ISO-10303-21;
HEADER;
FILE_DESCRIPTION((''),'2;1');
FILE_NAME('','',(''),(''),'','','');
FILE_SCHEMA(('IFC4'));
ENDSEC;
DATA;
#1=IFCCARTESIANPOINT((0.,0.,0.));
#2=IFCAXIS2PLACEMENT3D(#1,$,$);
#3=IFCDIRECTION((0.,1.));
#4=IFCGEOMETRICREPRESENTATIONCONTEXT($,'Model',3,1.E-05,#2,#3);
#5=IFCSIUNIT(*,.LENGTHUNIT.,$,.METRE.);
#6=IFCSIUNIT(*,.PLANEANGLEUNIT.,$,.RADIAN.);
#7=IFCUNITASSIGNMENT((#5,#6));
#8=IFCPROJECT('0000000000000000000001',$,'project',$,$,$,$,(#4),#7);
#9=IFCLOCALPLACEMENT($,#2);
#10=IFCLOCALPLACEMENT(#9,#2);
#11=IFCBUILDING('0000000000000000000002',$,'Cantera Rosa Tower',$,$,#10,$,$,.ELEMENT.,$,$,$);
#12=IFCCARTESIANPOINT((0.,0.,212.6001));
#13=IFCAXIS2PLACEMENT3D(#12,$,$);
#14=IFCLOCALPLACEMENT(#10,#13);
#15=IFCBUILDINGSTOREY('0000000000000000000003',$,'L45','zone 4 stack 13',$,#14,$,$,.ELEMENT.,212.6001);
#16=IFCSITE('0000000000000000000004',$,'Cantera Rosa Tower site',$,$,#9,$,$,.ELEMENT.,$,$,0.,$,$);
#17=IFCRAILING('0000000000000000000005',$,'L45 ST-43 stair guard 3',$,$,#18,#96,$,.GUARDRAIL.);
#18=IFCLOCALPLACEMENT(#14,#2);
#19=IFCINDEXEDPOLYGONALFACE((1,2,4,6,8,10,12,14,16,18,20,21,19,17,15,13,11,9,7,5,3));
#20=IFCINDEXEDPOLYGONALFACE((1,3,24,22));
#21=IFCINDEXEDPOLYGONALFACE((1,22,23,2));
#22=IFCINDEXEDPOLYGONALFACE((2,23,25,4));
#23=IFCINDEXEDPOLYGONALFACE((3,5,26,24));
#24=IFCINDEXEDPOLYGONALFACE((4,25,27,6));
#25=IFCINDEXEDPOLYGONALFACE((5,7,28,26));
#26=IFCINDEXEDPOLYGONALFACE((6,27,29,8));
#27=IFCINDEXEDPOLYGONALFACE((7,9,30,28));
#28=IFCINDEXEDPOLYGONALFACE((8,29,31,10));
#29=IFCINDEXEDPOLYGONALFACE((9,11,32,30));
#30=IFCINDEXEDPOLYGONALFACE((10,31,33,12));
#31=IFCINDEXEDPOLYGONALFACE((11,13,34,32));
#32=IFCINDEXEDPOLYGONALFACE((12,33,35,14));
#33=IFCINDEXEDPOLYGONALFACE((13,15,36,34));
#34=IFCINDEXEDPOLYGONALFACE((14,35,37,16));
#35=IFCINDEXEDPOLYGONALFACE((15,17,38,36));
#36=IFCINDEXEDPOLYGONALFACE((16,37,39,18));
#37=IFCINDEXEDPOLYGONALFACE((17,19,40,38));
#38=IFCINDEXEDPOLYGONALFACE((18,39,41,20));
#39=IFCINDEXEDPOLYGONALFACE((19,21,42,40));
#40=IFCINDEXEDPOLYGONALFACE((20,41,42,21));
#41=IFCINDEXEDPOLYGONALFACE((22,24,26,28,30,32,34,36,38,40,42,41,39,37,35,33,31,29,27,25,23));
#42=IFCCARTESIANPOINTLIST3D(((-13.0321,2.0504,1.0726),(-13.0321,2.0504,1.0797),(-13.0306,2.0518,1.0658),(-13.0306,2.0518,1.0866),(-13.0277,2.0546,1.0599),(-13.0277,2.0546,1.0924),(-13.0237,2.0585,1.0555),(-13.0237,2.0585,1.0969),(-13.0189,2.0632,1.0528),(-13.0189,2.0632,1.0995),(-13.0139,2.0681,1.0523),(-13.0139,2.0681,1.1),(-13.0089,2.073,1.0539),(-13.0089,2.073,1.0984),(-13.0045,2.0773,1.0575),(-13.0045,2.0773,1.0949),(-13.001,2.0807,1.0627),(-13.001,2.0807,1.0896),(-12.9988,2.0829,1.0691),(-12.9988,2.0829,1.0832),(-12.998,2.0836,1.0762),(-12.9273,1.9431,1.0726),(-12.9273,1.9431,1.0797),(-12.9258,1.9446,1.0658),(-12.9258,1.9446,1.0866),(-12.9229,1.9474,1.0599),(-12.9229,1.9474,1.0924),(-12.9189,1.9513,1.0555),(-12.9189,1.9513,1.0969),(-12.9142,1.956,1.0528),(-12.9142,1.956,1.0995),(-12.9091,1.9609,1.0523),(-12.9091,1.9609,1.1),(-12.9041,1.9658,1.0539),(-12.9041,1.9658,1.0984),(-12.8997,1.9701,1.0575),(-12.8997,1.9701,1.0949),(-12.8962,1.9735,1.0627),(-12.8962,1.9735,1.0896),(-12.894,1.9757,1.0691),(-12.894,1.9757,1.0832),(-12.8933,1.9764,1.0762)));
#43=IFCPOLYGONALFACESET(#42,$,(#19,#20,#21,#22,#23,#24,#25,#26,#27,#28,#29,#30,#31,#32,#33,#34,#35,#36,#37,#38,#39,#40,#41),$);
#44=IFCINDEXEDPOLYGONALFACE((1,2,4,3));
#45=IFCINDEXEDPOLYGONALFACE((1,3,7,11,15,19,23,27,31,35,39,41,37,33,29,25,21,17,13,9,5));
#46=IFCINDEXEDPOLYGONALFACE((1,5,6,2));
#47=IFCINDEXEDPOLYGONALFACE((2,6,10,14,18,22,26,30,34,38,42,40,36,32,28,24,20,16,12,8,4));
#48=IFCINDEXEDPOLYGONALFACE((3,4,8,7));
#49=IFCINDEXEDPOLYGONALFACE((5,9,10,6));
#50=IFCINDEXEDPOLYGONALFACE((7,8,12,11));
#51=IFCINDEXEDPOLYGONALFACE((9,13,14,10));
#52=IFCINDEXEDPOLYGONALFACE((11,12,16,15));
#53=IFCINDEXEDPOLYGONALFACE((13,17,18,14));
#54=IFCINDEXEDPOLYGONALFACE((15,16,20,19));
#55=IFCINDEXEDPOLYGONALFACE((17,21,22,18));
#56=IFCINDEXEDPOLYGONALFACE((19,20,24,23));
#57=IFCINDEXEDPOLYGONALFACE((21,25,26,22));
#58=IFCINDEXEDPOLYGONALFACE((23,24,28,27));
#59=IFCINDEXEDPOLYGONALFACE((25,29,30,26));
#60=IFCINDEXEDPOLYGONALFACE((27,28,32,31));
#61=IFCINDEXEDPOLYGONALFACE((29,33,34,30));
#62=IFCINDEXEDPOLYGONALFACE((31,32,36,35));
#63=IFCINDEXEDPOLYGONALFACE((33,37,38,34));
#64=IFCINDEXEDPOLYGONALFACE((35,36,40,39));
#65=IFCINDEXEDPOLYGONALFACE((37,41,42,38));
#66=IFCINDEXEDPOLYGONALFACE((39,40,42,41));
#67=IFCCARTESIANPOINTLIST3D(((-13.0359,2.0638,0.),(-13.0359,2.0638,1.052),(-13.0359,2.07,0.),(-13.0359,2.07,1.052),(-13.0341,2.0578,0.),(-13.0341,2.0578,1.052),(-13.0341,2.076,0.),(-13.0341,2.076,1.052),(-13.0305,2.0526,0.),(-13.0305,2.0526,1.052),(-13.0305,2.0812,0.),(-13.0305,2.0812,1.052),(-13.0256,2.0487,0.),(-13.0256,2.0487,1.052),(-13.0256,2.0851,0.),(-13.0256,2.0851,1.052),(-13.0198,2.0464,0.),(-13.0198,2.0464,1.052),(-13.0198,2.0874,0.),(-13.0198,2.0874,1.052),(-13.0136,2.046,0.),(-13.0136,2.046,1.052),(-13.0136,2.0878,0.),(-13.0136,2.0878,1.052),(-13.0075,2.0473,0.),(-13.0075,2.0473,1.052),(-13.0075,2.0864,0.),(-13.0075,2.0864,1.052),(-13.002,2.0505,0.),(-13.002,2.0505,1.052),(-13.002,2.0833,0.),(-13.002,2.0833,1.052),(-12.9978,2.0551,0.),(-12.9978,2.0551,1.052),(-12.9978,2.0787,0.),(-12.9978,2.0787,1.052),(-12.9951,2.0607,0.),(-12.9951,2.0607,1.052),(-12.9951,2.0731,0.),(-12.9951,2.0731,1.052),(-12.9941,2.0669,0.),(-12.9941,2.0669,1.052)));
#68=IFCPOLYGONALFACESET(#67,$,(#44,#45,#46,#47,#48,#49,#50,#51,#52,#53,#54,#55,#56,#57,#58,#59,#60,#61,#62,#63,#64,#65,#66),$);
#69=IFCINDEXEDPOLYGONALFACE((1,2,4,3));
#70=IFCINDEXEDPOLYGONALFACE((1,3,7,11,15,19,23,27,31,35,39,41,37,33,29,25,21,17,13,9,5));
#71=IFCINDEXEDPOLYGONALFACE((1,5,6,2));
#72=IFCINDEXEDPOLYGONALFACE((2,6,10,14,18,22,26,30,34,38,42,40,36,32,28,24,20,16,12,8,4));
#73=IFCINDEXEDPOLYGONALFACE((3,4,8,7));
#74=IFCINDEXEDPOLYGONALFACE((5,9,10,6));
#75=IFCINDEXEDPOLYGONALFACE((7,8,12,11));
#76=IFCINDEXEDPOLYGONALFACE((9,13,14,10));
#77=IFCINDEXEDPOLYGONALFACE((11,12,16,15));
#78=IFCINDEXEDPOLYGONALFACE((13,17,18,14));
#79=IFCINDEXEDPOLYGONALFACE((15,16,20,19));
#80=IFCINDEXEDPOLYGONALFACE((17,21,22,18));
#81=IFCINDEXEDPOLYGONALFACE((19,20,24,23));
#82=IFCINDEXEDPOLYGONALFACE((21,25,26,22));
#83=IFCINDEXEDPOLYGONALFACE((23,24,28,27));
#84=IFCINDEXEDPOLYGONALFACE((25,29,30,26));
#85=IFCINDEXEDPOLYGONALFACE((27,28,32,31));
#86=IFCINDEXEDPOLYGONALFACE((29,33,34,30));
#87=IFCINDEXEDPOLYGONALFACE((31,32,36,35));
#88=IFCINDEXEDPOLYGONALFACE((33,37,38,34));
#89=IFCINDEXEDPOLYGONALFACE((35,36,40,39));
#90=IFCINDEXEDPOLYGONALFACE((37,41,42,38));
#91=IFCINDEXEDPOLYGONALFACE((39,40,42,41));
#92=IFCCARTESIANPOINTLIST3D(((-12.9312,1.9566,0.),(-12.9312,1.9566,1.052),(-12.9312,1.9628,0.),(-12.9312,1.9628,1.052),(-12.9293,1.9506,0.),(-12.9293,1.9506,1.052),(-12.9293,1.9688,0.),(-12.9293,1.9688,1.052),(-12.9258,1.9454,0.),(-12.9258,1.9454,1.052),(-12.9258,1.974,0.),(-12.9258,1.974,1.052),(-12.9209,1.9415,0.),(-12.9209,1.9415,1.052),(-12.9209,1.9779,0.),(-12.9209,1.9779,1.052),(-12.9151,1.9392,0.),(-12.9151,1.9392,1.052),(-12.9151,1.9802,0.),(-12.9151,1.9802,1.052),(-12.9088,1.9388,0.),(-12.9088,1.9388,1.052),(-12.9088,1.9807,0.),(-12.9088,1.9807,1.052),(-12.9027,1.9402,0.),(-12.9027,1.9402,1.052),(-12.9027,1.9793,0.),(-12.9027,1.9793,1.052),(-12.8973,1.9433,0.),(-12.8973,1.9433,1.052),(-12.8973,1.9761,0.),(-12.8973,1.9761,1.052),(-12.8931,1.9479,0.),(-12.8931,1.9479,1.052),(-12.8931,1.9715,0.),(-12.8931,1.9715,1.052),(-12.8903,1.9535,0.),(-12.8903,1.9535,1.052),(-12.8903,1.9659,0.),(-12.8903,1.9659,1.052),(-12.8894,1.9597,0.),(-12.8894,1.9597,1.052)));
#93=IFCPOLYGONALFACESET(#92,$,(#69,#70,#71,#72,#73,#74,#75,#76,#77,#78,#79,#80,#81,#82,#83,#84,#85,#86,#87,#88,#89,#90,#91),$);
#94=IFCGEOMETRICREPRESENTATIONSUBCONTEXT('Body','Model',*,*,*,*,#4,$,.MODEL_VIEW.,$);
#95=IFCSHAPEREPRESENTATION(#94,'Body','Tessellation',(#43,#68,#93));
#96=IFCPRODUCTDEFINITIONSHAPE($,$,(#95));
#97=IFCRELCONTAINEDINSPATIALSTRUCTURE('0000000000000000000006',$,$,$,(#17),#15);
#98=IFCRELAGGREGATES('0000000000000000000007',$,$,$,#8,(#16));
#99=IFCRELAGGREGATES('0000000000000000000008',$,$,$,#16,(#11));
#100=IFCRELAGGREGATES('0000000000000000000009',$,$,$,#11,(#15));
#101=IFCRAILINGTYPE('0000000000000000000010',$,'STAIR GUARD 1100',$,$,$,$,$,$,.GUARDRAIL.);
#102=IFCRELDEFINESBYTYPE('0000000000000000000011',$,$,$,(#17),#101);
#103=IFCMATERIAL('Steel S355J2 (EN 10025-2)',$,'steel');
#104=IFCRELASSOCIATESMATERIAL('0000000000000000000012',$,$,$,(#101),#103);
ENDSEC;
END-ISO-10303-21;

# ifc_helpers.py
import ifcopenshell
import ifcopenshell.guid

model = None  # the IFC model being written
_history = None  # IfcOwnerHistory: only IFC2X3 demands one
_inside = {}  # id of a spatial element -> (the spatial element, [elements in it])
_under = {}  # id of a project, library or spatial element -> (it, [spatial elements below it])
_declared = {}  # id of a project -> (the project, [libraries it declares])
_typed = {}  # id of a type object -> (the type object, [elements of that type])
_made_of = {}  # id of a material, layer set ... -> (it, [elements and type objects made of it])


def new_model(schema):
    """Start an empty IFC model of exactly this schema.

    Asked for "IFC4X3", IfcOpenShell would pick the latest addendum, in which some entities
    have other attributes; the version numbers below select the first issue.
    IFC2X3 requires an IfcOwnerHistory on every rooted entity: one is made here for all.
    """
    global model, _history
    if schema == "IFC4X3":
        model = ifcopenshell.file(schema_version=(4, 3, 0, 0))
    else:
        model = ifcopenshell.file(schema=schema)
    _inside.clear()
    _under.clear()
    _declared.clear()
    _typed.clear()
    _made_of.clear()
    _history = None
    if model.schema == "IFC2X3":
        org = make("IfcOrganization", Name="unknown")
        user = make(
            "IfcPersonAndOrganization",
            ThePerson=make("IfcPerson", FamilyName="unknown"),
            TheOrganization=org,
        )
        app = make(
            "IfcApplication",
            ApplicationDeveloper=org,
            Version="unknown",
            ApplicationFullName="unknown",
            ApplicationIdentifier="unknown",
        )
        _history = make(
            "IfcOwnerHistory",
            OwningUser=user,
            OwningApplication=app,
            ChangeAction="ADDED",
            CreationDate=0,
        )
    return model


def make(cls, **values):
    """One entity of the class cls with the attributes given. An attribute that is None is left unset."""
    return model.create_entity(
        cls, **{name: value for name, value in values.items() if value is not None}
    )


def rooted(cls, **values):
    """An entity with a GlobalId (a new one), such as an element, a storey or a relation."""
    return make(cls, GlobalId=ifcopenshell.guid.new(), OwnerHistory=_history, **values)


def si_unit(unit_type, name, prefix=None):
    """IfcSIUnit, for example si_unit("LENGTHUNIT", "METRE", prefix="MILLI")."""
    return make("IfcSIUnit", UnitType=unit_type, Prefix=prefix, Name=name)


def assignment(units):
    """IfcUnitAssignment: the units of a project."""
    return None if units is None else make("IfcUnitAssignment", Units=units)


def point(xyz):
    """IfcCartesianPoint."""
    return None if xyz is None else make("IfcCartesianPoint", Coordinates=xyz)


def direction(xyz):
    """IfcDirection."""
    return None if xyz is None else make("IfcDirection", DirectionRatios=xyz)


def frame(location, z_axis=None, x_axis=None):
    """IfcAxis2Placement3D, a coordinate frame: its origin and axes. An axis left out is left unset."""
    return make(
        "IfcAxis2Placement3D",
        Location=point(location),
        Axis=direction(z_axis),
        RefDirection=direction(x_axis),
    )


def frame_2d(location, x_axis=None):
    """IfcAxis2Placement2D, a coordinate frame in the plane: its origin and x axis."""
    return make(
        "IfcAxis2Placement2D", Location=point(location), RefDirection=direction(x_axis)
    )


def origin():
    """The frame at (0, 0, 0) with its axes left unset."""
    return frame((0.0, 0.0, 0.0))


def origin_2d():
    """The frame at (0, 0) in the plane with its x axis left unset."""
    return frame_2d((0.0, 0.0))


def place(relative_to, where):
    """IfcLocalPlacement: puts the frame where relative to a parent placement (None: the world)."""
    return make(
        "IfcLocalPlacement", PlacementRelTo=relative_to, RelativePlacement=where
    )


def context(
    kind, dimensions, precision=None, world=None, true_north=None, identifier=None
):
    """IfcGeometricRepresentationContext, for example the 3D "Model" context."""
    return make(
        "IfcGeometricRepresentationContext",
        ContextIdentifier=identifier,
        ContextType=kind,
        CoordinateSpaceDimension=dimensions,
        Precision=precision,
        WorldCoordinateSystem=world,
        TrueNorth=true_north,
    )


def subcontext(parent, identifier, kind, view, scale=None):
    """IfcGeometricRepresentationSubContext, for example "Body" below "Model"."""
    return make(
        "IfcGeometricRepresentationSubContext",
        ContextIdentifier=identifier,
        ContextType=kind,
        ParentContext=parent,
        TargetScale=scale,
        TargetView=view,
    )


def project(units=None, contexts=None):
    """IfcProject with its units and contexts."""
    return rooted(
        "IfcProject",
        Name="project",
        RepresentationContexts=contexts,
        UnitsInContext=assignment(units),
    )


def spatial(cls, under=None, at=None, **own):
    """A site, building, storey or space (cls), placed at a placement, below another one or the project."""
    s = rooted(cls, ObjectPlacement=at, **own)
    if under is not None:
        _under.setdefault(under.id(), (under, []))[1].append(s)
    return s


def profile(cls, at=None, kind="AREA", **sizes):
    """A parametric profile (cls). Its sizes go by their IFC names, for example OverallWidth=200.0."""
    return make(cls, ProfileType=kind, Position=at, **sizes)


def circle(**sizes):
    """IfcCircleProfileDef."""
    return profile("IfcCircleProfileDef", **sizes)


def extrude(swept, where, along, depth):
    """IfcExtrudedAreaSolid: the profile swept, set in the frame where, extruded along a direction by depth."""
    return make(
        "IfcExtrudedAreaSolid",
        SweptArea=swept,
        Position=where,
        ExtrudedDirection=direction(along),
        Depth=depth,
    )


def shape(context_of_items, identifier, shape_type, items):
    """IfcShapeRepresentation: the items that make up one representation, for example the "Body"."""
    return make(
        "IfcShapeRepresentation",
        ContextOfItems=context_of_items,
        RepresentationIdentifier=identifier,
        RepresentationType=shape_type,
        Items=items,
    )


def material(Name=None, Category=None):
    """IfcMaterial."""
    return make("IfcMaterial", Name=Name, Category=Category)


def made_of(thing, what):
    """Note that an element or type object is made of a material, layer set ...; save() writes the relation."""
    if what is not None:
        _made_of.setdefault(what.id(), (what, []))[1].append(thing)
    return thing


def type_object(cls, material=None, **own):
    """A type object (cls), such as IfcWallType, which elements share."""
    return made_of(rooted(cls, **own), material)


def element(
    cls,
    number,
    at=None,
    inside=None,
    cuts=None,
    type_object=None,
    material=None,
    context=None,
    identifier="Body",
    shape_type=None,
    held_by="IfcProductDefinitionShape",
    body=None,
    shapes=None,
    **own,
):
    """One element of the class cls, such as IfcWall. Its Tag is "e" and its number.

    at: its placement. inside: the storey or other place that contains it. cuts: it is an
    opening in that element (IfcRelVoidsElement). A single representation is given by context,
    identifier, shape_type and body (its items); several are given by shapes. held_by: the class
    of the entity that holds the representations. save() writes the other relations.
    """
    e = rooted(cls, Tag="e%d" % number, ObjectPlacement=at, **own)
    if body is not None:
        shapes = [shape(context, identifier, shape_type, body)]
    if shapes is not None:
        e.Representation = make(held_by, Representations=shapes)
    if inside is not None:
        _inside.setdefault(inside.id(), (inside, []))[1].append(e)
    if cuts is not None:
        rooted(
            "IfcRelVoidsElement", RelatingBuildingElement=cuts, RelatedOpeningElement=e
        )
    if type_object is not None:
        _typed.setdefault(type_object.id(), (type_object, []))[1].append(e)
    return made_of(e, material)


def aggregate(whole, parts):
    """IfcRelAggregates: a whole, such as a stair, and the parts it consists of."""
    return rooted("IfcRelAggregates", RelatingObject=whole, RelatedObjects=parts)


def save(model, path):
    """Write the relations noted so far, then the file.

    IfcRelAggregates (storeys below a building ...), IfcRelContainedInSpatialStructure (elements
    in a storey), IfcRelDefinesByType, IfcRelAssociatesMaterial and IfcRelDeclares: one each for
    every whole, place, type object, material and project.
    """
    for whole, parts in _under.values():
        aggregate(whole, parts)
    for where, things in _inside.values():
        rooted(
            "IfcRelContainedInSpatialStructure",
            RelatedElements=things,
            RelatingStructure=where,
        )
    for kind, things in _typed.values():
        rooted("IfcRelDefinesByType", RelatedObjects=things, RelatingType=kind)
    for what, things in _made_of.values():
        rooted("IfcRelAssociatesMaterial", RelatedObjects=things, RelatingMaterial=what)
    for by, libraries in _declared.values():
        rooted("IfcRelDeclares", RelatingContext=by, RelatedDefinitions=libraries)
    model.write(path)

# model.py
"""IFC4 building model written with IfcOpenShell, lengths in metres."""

from ifc_helpers import new_model, si_unit, direction, frame, origin, origin_2d, place, context, subcontext, project, spatial, circle, extrude, material, type_object, element, save


model = new_model("IFC4")

# Units and contexts
model_context = context("Model", 3, precision=1e-05, world=origin(), true_north=direction((0.0, 1.0)))
body_context = subcontext(model_context, "Body", "Model", "MODEL_VIEW")
ifc_project = project(units=[si_unit("LENGTHUNIT", "METRE"), si_unit("PLANEANGLEUNIT", "RADIAN")], contexts=[model_context])

# Site, building, storey
site_placement = place(None, origin())
site = spatial("IfcSite", under=ifc_project, at=site_placement, Name="Cantera Rosa Tower site", CompositionType="ELEMENT", RefElevation=0.0)
building_placement = place(site_placement, origin())
building = spatial("IfcBuilding", under=site, at=building_placement, Name="Cantera Rosa Tower", CompositionType="ELEMENT")
storey_placement = place(building_placement, frame((0.0, 0.0, 212.6001)))
storey = spatial("IfcBuildingStorey", under=building, at=storey_placement, Name="L45", Description="zone 4 stack 13", CompositionType="ELEMENT", Elevation=212.6001)

# Railing
ifc_material_1 = material(Name="Steel S355J2 (EN 10025-2)", Category="steel")
railing_type_1 = type_object("IfcRailingType", Name="STAIR GUARD 1100", PredefinedType="GUARDRAIL", material=ifc_material_1)
railing_1_placement = place(storey_placement, frame((-13.0151, 2.0669, 0.0)))
element("IfcRailing", 1, at=railing_1_placement, inside=storey, type_object=railing_type_1, Name="L45 ST-43 stair guard 3", PredefinedType="GUARDRAIL", context=body_context, shape_type="SweptSolid", body=[
    extrude(circle(Radius=0.0239, at=origin_2d()), frame((0.0, 0.0, 1.0762), z_axis=(0.698914, -0.715206, 0.0), x_axis=(0.715206, 0.698914, 0.0)), (0.0, 0.0, 1.0), 0.1499),
    extrude(circle(Radius=0.021, at=origin_2d()), origin(), (0.0, 0.0, 1.0), 1.052),
    extrude(circle(Radius=0.021, at=origin_2d()), frame((0.1047, -0.1072, 0.0)), (0.0, 0.0, 1.0), 1.052),
])

save(model, "model.ifc")
